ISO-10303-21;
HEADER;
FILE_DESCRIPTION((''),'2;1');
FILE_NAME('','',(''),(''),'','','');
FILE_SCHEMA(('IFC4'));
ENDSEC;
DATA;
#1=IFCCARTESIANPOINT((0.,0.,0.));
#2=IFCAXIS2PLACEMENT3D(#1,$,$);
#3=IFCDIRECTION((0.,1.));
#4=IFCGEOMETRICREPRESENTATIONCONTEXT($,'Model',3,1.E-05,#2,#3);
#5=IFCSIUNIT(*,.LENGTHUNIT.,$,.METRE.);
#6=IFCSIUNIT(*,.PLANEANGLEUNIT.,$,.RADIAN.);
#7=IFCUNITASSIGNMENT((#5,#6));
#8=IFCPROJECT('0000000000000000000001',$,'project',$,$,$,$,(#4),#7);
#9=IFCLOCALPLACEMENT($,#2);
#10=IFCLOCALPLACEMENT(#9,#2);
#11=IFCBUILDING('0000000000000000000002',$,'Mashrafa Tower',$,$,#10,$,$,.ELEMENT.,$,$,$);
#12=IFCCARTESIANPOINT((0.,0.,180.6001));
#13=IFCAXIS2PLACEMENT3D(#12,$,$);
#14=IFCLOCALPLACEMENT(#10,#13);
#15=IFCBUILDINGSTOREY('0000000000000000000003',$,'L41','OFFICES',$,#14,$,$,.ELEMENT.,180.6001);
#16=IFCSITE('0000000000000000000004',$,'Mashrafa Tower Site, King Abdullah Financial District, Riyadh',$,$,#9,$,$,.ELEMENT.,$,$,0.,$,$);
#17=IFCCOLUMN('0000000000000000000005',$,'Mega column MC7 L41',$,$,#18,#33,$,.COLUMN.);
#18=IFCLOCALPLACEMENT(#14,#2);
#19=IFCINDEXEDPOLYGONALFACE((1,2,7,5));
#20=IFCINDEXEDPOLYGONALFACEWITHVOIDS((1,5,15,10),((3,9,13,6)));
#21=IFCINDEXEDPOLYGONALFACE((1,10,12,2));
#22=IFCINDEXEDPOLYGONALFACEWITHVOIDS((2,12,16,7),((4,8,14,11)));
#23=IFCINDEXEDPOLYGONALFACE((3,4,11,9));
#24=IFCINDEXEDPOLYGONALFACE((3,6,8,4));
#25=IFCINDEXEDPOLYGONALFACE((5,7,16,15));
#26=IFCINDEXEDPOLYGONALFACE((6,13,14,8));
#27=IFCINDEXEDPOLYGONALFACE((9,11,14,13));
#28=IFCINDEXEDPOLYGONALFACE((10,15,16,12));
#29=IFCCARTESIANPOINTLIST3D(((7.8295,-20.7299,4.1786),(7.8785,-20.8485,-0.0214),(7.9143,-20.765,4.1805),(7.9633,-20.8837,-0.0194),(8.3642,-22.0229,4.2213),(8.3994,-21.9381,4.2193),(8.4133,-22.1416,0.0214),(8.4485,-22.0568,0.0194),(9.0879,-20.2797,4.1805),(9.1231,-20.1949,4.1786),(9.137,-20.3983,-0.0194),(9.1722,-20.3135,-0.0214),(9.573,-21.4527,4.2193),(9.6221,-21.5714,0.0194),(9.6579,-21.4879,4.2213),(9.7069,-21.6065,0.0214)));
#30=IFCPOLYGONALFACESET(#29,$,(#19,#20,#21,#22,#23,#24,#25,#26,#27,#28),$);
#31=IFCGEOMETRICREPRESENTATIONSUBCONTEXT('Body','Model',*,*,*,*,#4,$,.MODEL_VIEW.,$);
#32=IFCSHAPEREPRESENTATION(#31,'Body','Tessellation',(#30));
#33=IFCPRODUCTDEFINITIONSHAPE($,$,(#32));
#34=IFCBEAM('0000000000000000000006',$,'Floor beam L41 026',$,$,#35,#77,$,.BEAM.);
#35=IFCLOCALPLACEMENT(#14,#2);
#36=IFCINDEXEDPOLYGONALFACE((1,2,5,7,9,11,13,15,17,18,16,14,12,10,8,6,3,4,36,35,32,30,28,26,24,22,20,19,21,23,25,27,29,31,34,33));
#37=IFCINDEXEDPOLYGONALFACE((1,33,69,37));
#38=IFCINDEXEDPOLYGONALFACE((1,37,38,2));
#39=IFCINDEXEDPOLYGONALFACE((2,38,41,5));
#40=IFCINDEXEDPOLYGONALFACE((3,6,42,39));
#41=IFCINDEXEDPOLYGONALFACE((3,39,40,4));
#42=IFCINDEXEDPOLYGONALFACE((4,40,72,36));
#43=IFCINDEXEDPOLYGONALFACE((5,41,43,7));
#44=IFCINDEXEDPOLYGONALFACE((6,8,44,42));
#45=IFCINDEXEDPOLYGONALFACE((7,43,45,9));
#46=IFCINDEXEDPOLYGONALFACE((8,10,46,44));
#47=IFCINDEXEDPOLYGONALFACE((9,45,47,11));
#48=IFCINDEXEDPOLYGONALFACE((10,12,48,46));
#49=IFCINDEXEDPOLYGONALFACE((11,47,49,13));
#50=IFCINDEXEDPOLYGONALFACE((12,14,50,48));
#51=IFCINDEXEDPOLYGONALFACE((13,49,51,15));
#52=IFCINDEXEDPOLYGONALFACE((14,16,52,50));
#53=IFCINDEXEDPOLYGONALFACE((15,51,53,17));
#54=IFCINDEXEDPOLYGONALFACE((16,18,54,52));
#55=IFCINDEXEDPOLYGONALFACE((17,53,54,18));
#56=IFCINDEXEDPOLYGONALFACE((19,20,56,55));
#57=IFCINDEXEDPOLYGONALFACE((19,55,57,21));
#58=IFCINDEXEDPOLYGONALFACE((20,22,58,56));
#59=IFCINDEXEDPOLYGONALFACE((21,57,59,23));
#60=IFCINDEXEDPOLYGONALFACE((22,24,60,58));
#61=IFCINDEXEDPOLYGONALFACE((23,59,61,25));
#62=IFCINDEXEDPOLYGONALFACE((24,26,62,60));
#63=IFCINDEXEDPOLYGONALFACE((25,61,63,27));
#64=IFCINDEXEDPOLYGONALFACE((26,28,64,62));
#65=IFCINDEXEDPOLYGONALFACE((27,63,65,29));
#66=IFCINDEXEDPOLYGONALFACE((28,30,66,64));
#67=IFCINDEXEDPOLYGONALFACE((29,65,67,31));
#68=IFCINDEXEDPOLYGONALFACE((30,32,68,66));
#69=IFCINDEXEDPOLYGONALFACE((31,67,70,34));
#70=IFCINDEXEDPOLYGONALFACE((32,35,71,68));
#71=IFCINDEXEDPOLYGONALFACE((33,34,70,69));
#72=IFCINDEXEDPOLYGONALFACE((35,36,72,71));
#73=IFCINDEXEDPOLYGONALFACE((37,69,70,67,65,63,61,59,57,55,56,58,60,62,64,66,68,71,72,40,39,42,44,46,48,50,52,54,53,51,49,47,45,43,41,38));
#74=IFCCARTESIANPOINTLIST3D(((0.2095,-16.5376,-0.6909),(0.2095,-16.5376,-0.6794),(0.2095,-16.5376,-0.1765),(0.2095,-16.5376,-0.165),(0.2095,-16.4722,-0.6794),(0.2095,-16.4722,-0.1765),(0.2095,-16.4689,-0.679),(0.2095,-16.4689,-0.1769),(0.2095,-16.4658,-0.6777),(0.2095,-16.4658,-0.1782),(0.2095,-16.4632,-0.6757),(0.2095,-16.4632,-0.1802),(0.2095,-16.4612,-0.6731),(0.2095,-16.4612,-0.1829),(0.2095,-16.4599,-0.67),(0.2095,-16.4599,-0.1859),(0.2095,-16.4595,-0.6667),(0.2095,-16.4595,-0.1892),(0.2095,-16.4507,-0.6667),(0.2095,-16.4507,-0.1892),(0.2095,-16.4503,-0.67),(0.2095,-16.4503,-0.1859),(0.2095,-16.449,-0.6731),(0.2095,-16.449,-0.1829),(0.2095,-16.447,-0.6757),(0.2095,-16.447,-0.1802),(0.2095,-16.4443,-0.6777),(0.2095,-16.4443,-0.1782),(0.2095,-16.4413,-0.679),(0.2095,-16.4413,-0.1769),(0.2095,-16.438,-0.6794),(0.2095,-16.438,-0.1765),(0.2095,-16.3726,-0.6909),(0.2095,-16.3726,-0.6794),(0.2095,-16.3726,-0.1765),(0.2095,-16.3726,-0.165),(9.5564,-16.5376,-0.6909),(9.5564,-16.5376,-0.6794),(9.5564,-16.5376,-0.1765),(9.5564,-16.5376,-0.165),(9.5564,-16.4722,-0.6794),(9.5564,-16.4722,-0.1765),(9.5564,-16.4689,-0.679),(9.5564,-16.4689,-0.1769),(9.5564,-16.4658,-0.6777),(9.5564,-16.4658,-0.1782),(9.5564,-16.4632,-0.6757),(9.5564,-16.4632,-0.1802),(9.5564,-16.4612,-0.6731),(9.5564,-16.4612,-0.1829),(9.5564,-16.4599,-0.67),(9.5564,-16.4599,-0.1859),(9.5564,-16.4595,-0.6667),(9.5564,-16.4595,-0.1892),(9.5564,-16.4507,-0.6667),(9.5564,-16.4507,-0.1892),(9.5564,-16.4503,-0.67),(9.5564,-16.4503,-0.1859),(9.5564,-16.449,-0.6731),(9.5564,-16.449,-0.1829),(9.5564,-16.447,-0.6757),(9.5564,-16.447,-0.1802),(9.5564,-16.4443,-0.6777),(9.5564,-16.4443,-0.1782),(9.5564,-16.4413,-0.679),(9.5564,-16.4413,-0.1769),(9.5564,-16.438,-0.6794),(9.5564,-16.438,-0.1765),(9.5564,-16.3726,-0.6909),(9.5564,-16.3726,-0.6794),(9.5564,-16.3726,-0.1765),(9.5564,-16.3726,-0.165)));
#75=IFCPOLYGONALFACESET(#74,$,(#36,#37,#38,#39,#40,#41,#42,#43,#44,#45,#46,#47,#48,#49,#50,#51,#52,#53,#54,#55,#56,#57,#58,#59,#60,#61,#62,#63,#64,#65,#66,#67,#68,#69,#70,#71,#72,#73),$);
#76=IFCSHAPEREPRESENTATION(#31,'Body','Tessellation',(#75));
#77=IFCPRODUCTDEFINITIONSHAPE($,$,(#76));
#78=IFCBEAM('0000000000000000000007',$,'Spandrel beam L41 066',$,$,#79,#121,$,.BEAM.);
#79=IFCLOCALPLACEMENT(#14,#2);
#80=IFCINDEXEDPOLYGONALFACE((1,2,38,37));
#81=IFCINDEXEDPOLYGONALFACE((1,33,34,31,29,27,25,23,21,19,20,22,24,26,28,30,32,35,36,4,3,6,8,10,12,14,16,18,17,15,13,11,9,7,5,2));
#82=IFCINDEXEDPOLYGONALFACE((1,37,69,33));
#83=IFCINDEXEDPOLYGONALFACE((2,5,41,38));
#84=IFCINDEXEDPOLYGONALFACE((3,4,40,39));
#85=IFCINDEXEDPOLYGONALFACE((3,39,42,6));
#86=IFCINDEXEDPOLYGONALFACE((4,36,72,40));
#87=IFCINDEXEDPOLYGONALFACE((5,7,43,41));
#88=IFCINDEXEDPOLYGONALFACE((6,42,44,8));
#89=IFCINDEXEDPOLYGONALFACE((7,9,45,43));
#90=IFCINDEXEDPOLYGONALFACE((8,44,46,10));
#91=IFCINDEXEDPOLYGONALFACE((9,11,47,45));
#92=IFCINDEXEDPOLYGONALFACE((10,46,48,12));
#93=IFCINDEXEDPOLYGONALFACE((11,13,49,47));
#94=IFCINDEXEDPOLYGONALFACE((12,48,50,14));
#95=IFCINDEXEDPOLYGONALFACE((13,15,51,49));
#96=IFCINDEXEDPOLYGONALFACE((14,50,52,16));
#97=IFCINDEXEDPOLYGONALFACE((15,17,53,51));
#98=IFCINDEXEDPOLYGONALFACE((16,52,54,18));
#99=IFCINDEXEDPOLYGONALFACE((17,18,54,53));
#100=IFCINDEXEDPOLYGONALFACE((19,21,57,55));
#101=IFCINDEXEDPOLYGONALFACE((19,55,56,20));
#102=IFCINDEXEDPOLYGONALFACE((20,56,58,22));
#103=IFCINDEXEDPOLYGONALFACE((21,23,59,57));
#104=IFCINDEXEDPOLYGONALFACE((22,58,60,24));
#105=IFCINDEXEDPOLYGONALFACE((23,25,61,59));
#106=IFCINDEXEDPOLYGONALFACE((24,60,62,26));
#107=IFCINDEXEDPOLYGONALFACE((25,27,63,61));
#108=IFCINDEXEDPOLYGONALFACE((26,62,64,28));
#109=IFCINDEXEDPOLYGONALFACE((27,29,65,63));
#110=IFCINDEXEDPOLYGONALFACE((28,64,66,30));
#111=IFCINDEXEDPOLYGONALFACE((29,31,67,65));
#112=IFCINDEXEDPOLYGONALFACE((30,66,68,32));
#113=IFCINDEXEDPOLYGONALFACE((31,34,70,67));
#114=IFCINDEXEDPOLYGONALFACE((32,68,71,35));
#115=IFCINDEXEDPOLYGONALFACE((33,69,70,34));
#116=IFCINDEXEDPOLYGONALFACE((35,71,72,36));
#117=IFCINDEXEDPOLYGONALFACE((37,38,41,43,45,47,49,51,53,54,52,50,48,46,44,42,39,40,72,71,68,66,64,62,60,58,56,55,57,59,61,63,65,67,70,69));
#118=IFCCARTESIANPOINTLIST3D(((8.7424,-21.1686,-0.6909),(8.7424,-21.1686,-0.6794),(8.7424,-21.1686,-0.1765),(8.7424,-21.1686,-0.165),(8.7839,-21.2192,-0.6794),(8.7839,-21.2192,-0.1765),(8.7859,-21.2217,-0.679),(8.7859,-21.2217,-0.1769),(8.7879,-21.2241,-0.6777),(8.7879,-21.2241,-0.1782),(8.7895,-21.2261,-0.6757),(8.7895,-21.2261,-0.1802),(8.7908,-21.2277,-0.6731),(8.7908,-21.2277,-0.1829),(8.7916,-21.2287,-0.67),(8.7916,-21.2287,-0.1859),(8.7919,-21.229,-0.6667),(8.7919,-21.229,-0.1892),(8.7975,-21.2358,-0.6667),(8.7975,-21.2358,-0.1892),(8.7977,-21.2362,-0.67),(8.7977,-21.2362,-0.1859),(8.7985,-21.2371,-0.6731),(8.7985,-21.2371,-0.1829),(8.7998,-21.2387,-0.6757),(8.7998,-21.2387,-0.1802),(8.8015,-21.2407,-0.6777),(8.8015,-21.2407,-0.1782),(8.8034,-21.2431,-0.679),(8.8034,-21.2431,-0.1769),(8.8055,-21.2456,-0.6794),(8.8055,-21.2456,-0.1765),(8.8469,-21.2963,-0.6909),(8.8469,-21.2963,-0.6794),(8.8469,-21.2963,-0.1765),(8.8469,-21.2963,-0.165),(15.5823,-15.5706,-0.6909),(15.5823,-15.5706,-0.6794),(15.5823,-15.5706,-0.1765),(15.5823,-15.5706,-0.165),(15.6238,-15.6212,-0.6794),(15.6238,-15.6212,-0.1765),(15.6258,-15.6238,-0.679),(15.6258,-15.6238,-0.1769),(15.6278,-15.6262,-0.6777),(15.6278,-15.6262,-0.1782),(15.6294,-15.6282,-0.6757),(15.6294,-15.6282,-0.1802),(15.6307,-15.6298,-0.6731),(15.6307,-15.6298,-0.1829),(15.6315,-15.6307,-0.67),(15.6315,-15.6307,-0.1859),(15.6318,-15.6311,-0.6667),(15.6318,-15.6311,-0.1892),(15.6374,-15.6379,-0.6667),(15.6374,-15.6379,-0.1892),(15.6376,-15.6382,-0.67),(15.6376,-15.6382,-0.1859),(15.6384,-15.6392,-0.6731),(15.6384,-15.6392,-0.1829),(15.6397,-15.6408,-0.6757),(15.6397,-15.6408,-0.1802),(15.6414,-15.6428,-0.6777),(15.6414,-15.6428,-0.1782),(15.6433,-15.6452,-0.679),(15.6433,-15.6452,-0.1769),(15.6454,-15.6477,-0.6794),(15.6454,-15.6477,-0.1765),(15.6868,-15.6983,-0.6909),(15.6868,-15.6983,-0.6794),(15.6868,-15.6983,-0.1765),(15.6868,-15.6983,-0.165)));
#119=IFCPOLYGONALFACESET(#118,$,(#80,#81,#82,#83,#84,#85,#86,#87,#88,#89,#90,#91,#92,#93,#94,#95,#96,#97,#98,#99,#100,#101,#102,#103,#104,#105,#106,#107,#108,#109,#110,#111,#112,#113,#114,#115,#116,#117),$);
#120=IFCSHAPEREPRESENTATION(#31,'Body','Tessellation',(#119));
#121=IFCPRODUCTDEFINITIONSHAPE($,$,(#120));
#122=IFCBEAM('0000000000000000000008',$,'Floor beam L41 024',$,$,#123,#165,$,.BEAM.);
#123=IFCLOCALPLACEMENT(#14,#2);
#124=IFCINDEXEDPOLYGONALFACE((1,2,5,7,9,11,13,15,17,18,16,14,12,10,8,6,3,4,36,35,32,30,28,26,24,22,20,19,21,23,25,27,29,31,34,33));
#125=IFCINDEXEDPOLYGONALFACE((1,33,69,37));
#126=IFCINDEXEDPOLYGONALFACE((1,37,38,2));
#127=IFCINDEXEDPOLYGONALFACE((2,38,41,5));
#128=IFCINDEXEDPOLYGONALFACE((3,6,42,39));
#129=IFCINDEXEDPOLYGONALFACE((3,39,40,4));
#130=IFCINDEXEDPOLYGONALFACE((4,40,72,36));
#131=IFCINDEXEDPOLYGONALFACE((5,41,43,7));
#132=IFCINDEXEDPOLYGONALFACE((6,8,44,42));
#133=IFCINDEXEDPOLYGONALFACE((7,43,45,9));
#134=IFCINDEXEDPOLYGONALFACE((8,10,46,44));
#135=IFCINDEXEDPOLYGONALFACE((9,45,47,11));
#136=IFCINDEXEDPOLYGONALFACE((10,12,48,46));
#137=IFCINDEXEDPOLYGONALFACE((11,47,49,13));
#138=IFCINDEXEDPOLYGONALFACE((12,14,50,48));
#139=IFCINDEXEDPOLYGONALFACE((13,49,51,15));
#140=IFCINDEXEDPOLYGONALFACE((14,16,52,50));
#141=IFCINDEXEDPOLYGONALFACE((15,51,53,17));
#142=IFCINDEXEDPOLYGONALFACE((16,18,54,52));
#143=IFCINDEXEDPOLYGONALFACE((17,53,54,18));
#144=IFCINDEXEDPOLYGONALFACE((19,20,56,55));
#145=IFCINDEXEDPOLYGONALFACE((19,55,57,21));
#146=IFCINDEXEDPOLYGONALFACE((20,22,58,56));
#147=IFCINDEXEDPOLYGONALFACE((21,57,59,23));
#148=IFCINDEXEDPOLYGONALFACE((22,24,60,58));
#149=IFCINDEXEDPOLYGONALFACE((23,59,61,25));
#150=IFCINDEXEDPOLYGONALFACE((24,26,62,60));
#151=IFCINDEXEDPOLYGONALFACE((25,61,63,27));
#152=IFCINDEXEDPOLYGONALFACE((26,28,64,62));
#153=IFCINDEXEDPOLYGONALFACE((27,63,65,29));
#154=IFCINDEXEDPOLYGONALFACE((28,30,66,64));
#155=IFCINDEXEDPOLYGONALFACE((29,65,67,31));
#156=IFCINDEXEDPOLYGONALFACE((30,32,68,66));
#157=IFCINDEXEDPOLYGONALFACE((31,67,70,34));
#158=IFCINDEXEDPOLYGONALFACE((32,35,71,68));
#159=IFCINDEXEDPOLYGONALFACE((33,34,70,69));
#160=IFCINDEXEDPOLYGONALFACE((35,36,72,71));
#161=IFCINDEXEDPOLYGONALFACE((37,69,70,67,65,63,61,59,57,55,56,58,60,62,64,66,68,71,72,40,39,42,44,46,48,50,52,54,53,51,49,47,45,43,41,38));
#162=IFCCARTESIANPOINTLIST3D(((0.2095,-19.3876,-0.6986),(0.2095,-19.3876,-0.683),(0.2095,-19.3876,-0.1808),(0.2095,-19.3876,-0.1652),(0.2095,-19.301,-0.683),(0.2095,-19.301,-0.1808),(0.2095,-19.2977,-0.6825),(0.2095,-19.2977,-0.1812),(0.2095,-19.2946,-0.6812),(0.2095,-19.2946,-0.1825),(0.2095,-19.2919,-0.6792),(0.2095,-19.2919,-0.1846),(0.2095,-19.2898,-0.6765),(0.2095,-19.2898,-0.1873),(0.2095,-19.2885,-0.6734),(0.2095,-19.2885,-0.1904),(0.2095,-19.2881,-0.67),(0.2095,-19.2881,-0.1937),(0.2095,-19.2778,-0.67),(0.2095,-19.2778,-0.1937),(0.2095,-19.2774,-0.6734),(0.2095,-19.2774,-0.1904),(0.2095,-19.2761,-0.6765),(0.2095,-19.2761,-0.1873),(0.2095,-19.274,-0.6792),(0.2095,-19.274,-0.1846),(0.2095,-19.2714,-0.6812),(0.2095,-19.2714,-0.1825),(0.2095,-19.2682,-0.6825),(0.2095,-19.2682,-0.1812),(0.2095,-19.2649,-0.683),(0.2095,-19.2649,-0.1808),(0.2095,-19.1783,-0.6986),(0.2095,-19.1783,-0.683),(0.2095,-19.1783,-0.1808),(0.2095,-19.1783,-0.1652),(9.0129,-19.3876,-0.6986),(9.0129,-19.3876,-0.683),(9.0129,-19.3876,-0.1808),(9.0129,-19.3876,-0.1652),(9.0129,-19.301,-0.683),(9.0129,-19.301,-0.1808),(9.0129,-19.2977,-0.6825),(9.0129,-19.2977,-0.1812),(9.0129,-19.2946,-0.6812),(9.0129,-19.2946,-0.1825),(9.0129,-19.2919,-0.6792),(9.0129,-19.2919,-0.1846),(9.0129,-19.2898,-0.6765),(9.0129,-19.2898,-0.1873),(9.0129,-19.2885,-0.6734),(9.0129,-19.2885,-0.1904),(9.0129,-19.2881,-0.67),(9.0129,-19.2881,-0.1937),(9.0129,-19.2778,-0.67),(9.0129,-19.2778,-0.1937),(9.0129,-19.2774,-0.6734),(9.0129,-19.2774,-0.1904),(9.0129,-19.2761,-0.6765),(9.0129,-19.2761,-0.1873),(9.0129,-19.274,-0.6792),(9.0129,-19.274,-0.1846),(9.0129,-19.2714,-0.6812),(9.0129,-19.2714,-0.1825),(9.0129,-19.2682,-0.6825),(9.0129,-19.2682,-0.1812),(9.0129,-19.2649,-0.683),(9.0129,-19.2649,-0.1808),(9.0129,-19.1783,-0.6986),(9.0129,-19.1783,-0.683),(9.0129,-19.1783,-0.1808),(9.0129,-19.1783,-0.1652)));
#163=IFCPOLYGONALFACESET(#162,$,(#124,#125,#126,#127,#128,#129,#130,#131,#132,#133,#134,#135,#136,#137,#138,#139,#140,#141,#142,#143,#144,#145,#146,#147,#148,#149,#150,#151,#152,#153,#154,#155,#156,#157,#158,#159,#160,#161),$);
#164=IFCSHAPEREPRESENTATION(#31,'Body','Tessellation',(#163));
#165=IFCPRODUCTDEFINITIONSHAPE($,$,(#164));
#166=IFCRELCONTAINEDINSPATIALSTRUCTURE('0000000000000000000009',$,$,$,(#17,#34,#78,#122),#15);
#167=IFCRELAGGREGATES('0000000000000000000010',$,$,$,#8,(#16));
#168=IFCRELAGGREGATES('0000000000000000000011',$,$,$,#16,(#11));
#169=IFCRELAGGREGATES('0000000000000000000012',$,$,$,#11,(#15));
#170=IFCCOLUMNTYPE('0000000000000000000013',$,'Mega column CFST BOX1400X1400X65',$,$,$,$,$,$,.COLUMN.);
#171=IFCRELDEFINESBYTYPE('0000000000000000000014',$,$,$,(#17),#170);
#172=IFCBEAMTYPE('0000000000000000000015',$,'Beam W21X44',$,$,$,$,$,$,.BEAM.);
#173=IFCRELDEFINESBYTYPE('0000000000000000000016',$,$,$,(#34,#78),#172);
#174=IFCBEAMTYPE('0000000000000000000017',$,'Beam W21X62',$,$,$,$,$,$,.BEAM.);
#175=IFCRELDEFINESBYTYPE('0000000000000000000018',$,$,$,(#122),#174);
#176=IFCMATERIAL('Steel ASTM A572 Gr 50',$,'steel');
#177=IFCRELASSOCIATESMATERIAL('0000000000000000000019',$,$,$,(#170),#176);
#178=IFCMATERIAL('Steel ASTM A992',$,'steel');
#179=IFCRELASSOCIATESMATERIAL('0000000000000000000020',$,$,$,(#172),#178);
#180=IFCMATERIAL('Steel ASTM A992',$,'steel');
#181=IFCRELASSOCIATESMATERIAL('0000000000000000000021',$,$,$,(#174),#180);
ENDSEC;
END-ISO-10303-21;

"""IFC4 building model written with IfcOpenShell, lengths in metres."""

from ifc_helpers import new_model, si_unit, direction, frame, origin, origin_2d, place, context, subcontext, project, spatial, hollow_rectangle, i_section, extrude, material, material_profile, profile_set, type_object, element, save


model = new_model("IFC4")

# Units and contexts
model_context = context("Model", 3, precision=1e-05, world=origin(), true_north=direction((0.0, 1.0)))
body_context = subcontext(model_context, "Body", "Model", "MODEL_VIEW")
ifc_project = project(units=[si_unit("LENGTHUNIT", "METRE"), si_unit("PLANEANGLEUNIT", "RADIAN")], contexts=[model_context])

# Site, building, storey
site_placement = place(None, origin())
site = spatial("IfcSite", under=ifc_project, at=site_placement, Name="Mashrafa Tower Site, King Abdullah Financial District, Riyadh", CompositionType="ELEMENT", RefElevation=0.0)
building_placement = place(site_placement, origin())
building = spatial("IfcBuilding", under=site, at=building_placement, Name="Mashrafa Tower", CompositionType="ELEMENT")
storey_placement = place(building_placement, frame((0.0, 0.0, 180.6001)))
storey = spatial("IfcBuildingStorey", under=building, at=storey_placement, Name="L41", Description="OFFICES", CompositionType="ELEMENT", Elevation=180.6001)

# Column
ifc_material_1 = material(Name="Steel ASTM A572 Gr 50", Category="steel")
ifc_material_profile_1 = material_profile(ifc_material_1, hollow_rectangle(XDim=1.3999, YDim=1.3999, WallThickness=0.0649, at=origin_2d()), Name="BOX1400X1400X65")
ifc_profile_set_1 = profile_set([ifc_material_profile_1], Name="Steel ASTM A572 Gr 50")
column_type = type_object("IfcColumnType", Name="Mega column CFST BOX1400X1400X65", PredefinedType="COLUMN", material=ifc_profile_set_1)
column_placement = place(storey_placement, frame((8.7927, -21.2275, 0.0), z_axis=(-0.011679, 0.028238, 0.999533), x_axis=(-0.924086, -0.382184, 0.0)))
element("IfcColumn", 1, at=column_placement, inside=storey, type_object=column_type, Name="Mega column MC7 L41", PredefinedType="COLUMN", context=body_context, shape_type="SweptSolid", body=[
    extrude(hollow_rectangle(XDim=1.3999, YDim=1.3999, WallThickness=0.0649, at=origin_2d()), origin(), (0.0, 0.0, 1.0), 4.2019),
])

# Beams
ifc_material_2 = material(Name="Steel ASTM A992", Category="steel")
ifc_material_profile_2 = material_profile(ifc_material_2, i_section(OverallWidth=0.165, OverallDepth=0.5259, WebThickness=0.0088, FlangeThickness=0.0115, FilletRadius=0.0127, at=origin_2d()), Name="W21X44")
ifc_profile_set_2 = profile_set([ifc_material_profile_2], Name="Steel ASTM A992")
beam_type_1 = type_object("IfcBeamType", Name="Beam W21X44", PredefinedType="BEAM", material=ifc_profile_set_2)
beam_1_placement = place(storey_placement, frame((9.5564, -16.4551, -0.428), z_axis=(-1.0, 0.0, 0.0), x_axis=(0.0, -1.0, 0.0)))
element("IfcBeam", 2, at=beam_1_placement, inside=storey, type_object=beam_type_1, Name="Floor beam L41 026", PredefinedType="BEAM", context=body_context, shape_type="SweptSolid", body=[
    extrude(i_section(OverallWidth=0.165, OverallDepth=0.5259, WebThickness=0.0088, FlangeThickness=0.0115, FilletRadius=0.0127, at=origin_2d()), origin(), (0.0, 0.0, 1.0), 9.3469),
])
beam_2_placement = place(storey_placement, frame((8.7947, -21.2324, -0.428), z_axis=(0.773865, 0.633351, 0.0), x_axis=(-0.633351, 0.773865, 0.0)))
element("IfcBeam", 3, at=beam_2_placement, inside=storey, type_object=beam_type_1, Name="Spandrel beam L41 066", PredefinedType="BEAM", context=body_context, shape_type="SweptSolid", body=[
    extrude(i_section(OverallWidth=0.165, OverallDepth=0.5259, WebThickness=0.0088, FlangeThickness=0.0115, FilletRadius=0.0127, at=origin_2d()), origin(), (0.0, 0.0, 1.0), 8.8386),
])
ifc_material_3 = material(Name="Steel ASTM A992", Category="steel")
ifc_material_profile_3 = material_profile(ifc_material_3, i_section(OverallWidth=0.2092, OverallDepth=0.5334, WebThickness=0.0103, FlangeThickness=0.0156, FilletRadius=0.0129, at=origin_2d()), Name="W21X62")
ifc_profile_set_3 = profile_set([ifc_material_profile_3], Name="Steel ASTM A992")
beam_type_2 = type_object("IfcBeamType", Name="Beam W21X62", PredefinedType="BEAM", material=ifc_profile_set_3)
beam_3_placement = place(storey_placement, frame((9.0129, -19.283, -0.4319), z_axis=(-1.0, 0.0, 0.0), x_axis=(0.0, -1.0, 0.0)))
element("IfcBeam", 4, at=beam_3_placement, inside=storey, type_object=beam_type_2, Name="Floor beam L41 024", PredefinedType="BEAM", context=body_context, shape_type="SweptSolid", body=[
    extrude(i_section(OverallWidth=0.2092, OverallDepth=0.5334, WebThickness=0.0103, FlangeThickness=0.0156, FilletRadius=0.0129, at=origin_2d()), origin(), (0.0, 0.0, 1.0), 8.8035),
])

save(model, "model.ifc")
